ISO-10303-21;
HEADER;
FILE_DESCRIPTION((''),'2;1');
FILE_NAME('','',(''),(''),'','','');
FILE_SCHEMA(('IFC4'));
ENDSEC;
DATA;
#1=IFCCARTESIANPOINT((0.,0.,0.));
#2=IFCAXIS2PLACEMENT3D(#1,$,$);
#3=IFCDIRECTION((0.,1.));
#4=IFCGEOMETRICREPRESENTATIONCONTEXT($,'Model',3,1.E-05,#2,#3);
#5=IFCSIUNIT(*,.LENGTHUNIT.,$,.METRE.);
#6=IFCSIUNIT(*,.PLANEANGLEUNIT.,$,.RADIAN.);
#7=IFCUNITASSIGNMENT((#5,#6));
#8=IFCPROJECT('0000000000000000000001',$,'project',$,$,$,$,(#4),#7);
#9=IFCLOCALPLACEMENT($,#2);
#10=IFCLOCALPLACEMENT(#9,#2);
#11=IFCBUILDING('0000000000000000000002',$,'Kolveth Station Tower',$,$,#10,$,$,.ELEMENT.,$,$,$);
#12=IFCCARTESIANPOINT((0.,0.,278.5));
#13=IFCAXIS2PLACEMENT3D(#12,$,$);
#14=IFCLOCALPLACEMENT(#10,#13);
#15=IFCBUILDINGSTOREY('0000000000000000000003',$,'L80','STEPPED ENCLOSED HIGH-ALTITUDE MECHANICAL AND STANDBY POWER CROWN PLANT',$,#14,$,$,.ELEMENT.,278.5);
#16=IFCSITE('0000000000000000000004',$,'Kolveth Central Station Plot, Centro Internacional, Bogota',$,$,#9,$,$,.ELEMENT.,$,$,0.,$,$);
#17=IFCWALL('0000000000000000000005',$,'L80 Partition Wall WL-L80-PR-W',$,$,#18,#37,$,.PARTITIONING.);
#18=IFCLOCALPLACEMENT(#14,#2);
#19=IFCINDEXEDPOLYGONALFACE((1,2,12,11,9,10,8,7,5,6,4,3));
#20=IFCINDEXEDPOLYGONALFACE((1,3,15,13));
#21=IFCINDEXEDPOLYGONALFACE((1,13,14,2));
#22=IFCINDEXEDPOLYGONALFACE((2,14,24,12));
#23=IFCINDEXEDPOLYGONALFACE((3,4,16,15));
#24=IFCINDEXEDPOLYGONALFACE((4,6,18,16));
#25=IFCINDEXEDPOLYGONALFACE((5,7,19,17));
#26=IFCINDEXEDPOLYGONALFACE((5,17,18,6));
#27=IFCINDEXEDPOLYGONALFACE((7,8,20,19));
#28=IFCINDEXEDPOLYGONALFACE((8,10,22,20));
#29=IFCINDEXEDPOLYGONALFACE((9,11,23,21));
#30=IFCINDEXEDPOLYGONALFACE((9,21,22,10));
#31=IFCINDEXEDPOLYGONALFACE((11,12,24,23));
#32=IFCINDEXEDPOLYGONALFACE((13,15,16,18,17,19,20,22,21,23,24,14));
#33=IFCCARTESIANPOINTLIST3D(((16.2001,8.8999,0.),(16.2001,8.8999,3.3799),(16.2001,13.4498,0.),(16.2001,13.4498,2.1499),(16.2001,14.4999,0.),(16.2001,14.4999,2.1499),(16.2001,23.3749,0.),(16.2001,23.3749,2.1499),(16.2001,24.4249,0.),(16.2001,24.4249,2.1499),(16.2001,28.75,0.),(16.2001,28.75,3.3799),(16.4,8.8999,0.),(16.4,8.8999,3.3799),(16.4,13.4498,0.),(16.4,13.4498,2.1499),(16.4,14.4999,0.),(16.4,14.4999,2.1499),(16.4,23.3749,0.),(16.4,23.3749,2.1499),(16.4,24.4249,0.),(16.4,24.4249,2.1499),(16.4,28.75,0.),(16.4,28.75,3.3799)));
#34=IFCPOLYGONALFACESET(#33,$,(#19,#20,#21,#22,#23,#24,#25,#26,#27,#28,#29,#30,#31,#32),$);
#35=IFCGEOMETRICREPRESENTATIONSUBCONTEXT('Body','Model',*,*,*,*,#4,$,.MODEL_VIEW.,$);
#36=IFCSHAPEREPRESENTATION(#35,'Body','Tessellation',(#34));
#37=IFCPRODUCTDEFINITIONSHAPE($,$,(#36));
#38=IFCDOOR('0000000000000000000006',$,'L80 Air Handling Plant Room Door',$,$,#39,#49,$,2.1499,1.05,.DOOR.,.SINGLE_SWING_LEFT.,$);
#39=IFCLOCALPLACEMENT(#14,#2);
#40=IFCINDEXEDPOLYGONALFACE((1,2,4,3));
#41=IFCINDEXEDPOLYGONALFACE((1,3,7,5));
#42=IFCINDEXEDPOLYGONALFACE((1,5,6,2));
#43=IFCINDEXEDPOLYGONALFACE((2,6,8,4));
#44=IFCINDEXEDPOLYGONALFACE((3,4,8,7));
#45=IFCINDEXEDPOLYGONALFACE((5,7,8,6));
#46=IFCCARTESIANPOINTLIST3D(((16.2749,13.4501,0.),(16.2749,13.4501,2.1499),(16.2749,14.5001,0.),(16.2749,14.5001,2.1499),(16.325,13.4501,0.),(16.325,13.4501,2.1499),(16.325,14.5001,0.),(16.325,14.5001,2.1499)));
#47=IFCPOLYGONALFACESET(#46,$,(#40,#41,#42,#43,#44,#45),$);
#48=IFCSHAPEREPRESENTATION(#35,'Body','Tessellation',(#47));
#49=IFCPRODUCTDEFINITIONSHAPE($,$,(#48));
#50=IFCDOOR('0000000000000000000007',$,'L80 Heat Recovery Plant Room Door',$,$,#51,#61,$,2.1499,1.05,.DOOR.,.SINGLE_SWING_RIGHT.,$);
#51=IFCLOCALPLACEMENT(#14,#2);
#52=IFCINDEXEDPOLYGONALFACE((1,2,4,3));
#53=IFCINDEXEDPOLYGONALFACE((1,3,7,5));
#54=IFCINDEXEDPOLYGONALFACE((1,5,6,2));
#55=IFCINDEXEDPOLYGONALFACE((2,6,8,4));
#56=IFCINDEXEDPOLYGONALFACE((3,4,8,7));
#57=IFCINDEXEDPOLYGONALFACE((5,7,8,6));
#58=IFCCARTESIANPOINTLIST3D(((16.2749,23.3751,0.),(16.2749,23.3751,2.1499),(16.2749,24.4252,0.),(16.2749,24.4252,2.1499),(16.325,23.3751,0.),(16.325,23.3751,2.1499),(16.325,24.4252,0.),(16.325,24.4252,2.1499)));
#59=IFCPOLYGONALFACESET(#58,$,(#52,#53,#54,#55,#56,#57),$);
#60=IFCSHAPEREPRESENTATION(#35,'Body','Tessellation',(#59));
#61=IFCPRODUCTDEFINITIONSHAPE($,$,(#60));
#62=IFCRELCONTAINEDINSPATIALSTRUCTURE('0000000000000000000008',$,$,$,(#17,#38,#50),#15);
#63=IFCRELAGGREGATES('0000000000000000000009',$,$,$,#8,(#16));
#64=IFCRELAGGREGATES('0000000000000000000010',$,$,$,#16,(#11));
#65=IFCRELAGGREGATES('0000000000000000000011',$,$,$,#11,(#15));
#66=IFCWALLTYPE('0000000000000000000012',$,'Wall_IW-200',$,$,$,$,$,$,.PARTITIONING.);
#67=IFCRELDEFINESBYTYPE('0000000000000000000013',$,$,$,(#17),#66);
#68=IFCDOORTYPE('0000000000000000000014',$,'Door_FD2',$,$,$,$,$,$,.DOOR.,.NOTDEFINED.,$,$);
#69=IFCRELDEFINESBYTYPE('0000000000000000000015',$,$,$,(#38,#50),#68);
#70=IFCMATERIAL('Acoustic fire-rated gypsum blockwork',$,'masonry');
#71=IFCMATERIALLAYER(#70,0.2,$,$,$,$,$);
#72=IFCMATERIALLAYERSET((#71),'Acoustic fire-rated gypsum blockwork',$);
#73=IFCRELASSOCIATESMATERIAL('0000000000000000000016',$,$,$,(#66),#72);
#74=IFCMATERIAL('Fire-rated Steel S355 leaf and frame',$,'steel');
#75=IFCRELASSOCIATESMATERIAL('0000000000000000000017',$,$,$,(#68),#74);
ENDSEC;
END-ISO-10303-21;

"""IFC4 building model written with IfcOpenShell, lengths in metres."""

from ifc_helpers import new_model, si_unit, direction, frame, frame_2d, origin, place, context, subcontext, project, spatial, rectangle, extrude, material, layer, layer_set, type_object, element, fill, save


model = new_model("IFC4")

# Units and contexts
model_context = context("Model", 3, precision=1e-05, world=origin(), true_north=direction((0.0, 1.0)))
body_context = subcontext(model_context, "Body", "Model", "MODEL_VIEW")
ifc_project = project(units=[si_unit("LENGTHUNIT", "METRE"), si_unit("PLANEANGLEUNIT", "RADIAN")], contexts=[model_context])

# Site, building, storey
site_placement = place(None, origin())
site = spatial("IfcSite", under=ifc_project, at=site_placement, Name="Kolveth Central Station Plot, Centro Internacional, Bogota", CompositionType="ELEMENT", RefElevation=0.0)
building_placement = place(site_placement, origin())
building = spatial("IfcBuilding", under=site, at=building_placement, Name="Kolveth Station Tower", CompositionType="ELEMENT")
storey_placement = place(building_placement, frame((0.0, 0.0, 278.5)))
storey = spatial("IfcBuildingStorey", under=building, at=storey_placement, Name="L80", Description="STEPPED ENCLOSED HIGH-ALTITUDE MECHANICAL AND STANDBY POWER CROWN PLANT", CompositionType="ELEMENT", Elevation=278.5)

# Shared definitions
ifc_material_1 = material(Name="Fire-rated Steel S355 leaf and frame", Category="steel")

# Shared definitions
ifc_material_2 = material(Name="Acoustic fire-rated gypsum blockwork", Category="masonry")
ifc_layer_1 = layer(ifc_material_2, 0.2)
ifc_layer_set_1 = layer_set([ifc_layer_1], Name="Acoustic fire-rated gypsum blockwork")
wall_type_1 = type_object("IfcWallType", Name="Wall_IW-200", PredefinedType="PARTITIONING", material=ifc_layer_set_1)

# Wall, openings, doors
wall_1_placement = place(storey_placement, frame((16.3, 8.8999, 0.0), z_axis=(0.0, 0.0, 1.0), x_axis=(0.0, 1.0, 0.0)))
wall_1 = element("IfcWall", 1, at=wall_1_placement, inside=storey, type_object=wall_type_1, Name="L80 Partition Wall WL-L80-PR-W", PredefinedType="PARTITIONING", context=body_context, shape_type="SweptSolid", body=[
    extrude(rectangle(XDim=19.8501, YDim=0.2, at=frame_2d((9.925, 0.0))), origin(), (0.0, 0.0, 1.0), 3.3799),
])
opening_1_placement = place(wall_1_placement, frame((4.55, 0.0, 0.0)))
opening_1 = element("IfcOpeningElement", 2, at=opening_1_placement, cuts=wall_1, PredefinedType="OPENING", context=body_context, shape_type="SweptSolid", body=[
    extrude(rectangle(XDim=1.05, YDim=2.1499, at=frame_2d((0.5249, 1.075))), frame((0.0, 0.1099, 0.0), z_axis=(0.0, -1.0, 0.0), x_axis=(1.0, 0.0, 0.0)), (0.0, 0.0, 1.0), 0.22),
])
opening_2_placement = place(wall_1_placement, frame((14.4751, 0.0, 0.0)))
opening_2 = element("IfcOpeningElement", 3, at=opening_2_placement, cuts=wall_1, PredefinedType="OPENING", context=body_context, shape_type="SweptSolid", body=[
    extrude(rectangle(XDim=1.05, YDim=2.1499, at=frame_2d((0.5249, 1.075))), frame((0.0, 0.1099, 0.0), z_axis=(0.0, -1.0, 0.0), x_axis=(1.0, 0.0, 0.0)), (0.0, 0.0, 1.0), 0.22),
])
door_type_1 = type_object("IfcDoorType", Name="Door_FD2", OperationType="NOTDEFINED", PredefinedType="DOOR", material=ifc_material_1)
door_1_placement = place(opening_1_placement, frame((1.05, 0.0, 0.0), z_axis=(0.0, 0.0, 1.0), x_axis=(-1.0, 0.0, 0.0)))
door_1 = element("IfcDoor", 4, at=door_1_placement, inside=storey, type_object=door_type_1, Name="L80 Air Handling Plant Room Door", OperationType="SINGLE_SWING_LEFT", OverallHeight=2.1499, OverallWidth=1.05, PredefinedType="DOOR", context=body_context, shape_type="SweptSolid", body=[
    extrude(rectangle(XDim=1.05, YDim=2.1499, at=frame_2d((0.5249, 1.075))), frame((0.0, 0.0249, 0.0), z_axis=(0.0, -1.0, 0.0), x_axis=(1.0, 0.0, 0.0)), (0.0, 0.0, 1.0), 0.05),
])
fill(opening_1, door_1)
door_2_placement = place(opening_2_placement, frame((1.05, 0.0, 0.0), z_axis=(0.0, 0.0, 1.0), x_axis=(-1.0, 0.0, 0.0)))
door_2 = element("IfcDoor", 5, at=door_2_placement, inside=storey, type_object=door_type_1, Name="L80 Heat Recovery Plant Room Door", OperationType="SINGLE_SWING_RIGHT", OverallHeight=2.1499, OverallWidth=1.05, PredefinedType="DOOR", context=body_context, shape_type="SweptSolid", body=[
    extrude(rectangle(XDim=1.05, YDim=2.1499, at=frame_2d((0.5249, 1.075))), frame((0.0, 0.0249, 0.0), z_axis=(0.0, -1.0, 0.0), x_axis=(1.0, 0.0, 0.0)), (0.0, 0.0, 1.0), 0.05),
])
fill(opening_2, door_2)

save(model, "model.ifc")
